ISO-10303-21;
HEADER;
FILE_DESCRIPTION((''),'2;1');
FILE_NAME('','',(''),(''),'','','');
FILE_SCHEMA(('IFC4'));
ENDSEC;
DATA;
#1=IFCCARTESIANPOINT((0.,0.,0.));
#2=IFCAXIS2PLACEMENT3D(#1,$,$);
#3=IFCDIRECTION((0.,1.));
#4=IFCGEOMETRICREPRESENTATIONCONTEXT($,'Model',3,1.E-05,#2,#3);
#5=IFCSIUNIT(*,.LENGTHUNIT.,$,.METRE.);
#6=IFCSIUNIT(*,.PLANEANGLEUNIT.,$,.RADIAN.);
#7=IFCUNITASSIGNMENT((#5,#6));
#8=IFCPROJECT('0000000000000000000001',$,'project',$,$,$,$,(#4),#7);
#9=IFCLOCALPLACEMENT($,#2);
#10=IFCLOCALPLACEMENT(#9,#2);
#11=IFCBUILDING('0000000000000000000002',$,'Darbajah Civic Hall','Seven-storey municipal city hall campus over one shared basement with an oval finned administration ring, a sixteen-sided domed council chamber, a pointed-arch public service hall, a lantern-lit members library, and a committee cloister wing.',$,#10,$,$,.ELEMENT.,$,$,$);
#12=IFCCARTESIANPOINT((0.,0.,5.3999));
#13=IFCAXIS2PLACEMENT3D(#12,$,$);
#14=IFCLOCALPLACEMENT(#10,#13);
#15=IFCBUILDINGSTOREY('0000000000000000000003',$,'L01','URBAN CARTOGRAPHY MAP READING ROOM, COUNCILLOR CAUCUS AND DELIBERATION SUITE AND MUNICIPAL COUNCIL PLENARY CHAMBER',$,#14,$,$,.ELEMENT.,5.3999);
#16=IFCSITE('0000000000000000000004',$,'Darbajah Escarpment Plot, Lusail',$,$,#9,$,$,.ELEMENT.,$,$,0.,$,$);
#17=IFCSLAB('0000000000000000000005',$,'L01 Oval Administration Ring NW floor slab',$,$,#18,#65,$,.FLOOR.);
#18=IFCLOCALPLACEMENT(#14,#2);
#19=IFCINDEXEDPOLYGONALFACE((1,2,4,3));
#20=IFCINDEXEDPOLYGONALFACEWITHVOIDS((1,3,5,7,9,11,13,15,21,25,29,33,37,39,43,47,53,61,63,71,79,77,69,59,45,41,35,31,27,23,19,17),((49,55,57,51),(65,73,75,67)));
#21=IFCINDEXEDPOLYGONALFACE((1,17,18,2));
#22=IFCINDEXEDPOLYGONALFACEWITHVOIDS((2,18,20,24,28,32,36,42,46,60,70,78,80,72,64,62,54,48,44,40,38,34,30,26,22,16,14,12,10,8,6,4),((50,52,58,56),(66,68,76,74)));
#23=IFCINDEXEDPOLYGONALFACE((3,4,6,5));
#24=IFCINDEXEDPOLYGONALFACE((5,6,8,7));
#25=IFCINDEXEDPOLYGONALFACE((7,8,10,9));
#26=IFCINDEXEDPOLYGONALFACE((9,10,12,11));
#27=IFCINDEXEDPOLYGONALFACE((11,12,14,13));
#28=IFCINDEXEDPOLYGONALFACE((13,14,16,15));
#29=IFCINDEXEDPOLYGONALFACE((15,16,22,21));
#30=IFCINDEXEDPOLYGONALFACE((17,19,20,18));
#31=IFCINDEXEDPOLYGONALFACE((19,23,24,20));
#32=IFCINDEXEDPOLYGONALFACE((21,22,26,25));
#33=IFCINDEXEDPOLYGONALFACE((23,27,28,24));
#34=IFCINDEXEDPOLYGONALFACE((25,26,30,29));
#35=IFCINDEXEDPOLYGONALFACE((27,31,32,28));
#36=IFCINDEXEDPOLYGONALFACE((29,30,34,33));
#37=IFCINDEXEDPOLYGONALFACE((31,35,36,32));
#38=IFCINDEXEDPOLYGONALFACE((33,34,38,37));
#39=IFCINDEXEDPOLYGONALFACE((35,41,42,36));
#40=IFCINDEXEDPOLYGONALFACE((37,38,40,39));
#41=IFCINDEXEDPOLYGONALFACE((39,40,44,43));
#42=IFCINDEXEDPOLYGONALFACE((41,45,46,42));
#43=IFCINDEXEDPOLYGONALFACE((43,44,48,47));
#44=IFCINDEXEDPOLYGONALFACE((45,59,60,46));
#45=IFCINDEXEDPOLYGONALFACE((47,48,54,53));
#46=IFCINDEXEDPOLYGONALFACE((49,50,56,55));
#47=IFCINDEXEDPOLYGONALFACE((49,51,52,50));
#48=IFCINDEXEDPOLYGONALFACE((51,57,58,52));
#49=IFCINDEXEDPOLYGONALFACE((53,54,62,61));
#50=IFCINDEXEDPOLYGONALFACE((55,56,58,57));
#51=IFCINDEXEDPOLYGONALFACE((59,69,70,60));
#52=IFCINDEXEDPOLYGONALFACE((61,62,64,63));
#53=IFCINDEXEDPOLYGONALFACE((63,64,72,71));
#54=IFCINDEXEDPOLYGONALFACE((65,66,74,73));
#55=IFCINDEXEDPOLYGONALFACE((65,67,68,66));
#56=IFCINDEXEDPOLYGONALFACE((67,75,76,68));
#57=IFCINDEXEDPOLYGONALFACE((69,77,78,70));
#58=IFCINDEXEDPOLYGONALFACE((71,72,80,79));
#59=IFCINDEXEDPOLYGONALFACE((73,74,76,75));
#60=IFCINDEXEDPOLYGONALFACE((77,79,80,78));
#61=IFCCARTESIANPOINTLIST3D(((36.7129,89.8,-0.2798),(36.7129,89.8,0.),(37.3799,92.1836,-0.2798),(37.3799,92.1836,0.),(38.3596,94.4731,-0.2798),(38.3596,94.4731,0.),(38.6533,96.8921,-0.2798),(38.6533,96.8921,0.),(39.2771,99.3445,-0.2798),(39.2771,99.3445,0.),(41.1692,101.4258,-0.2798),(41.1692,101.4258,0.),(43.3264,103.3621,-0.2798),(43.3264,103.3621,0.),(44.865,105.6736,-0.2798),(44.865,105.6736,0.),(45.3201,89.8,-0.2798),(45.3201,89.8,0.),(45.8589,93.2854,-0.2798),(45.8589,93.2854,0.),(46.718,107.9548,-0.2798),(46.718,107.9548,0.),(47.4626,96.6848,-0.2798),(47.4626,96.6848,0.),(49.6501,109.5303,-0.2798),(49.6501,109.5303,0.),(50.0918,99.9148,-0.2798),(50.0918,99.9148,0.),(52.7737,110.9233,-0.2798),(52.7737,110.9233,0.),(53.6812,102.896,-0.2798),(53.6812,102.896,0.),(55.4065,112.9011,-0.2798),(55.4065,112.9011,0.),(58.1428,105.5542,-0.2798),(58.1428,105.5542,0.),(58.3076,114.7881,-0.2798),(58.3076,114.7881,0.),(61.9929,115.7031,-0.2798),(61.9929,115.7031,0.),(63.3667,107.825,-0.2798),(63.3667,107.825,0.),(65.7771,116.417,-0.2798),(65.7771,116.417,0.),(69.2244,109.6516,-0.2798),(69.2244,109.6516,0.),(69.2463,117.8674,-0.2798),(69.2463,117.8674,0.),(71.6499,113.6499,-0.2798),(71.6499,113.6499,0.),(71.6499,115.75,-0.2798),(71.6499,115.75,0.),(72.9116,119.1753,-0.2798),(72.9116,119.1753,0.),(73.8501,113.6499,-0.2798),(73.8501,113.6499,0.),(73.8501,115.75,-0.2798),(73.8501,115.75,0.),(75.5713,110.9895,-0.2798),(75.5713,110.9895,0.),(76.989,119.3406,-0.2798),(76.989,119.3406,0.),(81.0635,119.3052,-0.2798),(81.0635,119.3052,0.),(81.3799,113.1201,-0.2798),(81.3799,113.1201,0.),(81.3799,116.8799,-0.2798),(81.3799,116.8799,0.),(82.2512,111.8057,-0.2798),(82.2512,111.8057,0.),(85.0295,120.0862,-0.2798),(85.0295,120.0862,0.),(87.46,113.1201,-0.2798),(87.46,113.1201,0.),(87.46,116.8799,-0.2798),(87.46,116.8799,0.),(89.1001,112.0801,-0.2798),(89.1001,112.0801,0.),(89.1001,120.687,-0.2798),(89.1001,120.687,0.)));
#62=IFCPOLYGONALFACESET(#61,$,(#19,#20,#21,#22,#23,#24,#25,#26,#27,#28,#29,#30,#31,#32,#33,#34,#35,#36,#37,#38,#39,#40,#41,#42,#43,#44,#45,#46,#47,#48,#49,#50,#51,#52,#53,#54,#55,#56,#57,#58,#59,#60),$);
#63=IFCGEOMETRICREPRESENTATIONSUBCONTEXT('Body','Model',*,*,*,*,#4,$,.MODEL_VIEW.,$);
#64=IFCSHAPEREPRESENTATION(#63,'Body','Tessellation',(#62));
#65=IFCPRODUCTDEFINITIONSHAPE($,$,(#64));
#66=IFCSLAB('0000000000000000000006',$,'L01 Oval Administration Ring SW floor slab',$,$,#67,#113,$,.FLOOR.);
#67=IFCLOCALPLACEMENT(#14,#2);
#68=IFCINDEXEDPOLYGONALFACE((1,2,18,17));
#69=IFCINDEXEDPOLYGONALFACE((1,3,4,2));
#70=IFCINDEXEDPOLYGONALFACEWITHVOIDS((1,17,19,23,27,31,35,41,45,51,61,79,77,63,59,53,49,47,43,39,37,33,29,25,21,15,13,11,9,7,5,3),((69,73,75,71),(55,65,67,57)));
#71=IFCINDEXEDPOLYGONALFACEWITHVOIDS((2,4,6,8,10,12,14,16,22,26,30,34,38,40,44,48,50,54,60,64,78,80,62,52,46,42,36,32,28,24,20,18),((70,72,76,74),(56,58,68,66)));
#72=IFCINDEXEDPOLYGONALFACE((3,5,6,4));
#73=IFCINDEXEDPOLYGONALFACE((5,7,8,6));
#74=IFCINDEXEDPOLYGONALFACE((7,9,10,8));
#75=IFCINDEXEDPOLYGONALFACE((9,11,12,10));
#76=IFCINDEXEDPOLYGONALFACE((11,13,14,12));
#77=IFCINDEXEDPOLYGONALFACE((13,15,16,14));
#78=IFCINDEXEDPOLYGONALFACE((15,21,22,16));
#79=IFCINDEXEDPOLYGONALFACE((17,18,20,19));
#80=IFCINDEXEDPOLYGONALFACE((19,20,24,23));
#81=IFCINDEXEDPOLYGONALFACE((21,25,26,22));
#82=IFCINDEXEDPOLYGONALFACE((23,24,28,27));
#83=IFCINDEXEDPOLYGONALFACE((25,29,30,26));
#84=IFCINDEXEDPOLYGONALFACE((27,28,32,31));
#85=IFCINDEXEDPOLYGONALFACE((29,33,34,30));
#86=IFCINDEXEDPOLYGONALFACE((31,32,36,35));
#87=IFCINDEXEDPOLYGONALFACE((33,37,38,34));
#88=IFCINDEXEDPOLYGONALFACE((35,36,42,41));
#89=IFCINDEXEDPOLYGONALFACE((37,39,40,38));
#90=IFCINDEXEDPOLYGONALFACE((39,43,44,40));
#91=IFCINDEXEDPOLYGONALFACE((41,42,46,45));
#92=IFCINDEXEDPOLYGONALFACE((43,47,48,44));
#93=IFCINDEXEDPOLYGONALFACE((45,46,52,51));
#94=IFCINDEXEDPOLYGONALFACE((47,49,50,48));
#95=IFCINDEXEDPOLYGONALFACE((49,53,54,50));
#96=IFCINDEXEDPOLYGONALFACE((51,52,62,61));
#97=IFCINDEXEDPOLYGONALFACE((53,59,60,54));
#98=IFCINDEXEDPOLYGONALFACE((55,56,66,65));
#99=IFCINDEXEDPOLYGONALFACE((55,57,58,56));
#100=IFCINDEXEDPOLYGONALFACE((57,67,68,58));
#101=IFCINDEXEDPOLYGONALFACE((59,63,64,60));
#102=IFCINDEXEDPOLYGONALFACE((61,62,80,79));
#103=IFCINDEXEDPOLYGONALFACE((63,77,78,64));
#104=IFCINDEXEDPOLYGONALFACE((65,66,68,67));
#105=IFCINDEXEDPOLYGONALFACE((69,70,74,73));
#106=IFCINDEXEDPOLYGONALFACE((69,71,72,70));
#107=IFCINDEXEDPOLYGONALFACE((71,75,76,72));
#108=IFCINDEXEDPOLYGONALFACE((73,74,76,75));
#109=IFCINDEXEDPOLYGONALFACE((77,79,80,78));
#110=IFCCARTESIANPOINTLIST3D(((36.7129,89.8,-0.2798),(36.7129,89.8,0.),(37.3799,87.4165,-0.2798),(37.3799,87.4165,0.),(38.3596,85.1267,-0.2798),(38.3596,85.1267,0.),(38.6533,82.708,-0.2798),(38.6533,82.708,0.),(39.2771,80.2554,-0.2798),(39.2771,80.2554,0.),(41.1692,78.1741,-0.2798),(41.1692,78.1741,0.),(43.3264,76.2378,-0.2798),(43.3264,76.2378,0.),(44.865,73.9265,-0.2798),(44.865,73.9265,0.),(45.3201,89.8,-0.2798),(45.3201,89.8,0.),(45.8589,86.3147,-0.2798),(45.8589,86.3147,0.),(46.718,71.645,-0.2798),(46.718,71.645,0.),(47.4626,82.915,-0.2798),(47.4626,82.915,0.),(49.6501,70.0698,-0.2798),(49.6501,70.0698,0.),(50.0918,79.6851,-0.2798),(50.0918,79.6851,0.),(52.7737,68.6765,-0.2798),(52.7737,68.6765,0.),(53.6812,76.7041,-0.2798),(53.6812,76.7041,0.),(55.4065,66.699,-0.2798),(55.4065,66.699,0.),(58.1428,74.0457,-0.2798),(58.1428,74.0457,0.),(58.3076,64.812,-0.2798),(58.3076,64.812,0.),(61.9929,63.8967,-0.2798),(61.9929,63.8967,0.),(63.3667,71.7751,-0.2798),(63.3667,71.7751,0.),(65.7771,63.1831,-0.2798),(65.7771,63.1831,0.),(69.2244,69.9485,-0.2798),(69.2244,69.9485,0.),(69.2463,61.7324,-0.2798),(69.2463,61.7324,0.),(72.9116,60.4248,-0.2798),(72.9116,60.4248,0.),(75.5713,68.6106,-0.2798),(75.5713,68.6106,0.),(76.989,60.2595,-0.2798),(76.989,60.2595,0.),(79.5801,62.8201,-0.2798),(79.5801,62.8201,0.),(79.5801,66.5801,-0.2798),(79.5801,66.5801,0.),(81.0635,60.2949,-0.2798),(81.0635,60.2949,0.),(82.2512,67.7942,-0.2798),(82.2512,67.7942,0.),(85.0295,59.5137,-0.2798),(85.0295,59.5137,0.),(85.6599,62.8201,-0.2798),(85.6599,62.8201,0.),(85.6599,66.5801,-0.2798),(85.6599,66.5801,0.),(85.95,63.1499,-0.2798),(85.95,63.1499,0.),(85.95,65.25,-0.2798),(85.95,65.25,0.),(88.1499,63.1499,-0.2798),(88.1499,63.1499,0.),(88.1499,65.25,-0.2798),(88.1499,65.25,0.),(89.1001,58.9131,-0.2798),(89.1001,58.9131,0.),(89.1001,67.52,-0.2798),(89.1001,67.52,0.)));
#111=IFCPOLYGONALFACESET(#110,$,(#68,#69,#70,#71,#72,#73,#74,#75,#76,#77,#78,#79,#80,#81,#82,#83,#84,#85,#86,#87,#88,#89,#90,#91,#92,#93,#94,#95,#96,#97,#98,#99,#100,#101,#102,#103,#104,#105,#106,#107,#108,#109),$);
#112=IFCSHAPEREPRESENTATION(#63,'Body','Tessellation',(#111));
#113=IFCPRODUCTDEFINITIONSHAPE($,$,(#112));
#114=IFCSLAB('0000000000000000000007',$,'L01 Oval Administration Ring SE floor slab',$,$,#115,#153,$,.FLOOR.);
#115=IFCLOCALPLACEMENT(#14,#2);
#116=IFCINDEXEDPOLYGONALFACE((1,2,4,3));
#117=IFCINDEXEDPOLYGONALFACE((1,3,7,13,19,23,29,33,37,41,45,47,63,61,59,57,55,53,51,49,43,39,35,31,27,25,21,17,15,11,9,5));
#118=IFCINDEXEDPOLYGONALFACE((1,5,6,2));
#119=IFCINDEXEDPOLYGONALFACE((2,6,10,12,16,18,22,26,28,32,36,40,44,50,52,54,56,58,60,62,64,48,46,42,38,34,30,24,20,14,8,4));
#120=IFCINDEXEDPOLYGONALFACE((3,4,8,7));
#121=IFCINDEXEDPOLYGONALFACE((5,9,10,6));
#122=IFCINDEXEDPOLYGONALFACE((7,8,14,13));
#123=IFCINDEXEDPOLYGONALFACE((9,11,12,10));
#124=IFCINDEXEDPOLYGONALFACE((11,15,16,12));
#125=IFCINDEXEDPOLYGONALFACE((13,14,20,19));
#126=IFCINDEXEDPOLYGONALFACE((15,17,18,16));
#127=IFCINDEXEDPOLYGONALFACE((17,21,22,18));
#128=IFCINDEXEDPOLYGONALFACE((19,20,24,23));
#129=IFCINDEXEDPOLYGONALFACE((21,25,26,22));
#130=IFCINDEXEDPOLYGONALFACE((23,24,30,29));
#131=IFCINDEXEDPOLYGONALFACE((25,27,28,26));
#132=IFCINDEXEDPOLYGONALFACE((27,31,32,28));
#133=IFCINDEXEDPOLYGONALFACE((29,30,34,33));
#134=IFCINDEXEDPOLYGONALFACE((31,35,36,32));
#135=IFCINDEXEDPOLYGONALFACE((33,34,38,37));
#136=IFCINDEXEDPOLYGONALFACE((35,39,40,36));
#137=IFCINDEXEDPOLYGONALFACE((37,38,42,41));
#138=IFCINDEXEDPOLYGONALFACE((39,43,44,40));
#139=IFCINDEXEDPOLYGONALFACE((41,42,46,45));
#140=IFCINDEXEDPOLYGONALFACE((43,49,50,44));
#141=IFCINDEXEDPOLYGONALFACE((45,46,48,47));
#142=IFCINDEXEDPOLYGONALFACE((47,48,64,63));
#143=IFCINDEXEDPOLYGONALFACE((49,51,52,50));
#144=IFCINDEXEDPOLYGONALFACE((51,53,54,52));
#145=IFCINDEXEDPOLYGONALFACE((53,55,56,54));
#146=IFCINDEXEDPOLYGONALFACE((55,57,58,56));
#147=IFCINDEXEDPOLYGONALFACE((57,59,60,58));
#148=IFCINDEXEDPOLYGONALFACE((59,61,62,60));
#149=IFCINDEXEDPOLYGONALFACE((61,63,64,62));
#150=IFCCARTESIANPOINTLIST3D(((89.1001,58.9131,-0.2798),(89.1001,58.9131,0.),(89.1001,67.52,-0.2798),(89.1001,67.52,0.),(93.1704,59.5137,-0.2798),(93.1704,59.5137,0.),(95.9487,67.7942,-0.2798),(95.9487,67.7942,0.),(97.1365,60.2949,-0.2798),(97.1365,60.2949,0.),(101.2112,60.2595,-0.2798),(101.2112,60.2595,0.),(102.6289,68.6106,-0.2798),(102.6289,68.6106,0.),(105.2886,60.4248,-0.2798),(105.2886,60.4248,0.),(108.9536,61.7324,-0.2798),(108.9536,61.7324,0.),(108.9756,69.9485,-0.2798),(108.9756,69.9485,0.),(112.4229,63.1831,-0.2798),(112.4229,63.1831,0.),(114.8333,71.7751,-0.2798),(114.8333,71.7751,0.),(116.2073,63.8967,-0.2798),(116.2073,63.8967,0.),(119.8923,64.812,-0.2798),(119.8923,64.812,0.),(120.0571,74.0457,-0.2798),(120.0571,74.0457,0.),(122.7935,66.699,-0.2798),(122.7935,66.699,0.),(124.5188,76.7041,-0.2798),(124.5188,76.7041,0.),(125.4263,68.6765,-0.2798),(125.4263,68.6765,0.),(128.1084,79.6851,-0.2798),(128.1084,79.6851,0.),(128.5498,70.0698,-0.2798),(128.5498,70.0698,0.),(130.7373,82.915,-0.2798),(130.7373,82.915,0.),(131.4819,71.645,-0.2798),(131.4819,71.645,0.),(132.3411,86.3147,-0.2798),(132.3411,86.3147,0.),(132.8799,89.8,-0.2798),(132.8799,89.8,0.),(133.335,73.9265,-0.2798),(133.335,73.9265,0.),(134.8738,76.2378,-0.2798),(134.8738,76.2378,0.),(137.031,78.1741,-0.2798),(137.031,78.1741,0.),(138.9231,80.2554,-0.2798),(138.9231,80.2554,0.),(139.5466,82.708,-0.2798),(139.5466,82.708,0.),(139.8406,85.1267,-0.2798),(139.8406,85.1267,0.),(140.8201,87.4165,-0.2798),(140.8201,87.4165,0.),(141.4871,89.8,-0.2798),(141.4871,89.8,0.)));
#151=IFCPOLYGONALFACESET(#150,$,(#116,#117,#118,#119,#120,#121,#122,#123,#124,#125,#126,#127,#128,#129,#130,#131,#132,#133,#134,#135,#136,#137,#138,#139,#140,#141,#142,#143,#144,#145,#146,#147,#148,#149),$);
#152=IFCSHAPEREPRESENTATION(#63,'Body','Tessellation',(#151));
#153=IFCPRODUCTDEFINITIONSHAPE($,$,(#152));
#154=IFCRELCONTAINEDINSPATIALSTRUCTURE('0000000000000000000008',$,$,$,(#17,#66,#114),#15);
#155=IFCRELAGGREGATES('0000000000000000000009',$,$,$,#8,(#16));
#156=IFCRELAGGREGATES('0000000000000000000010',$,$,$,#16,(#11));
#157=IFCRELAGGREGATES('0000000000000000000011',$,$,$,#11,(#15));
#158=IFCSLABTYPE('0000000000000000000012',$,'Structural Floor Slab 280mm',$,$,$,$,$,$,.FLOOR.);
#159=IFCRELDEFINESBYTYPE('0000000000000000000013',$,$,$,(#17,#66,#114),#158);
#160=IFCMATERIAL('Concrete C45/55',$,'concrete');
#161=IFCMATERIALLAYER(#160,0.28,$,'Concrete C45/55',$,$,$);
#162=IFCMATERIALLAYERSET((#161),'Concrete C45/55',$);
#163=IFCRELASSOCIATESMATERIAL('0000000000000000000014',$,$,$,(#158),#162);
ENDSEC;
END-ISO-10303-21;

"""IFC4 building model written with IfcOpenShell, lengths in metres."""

from ifc_helpers import new_model, si_unit, direction, frame, origin, place, context, subcontext, project, spatial, polyline, outline, extrude, material, layer, layer_set, type_object, element, save


model = new_model("IFC4")

# Units and contexts
model_context = context("Model", 3, precision=1e-05, world=origin(), true_north=direction((0.0, 1.0)))
body_context = subcontext(model_context, "Body", "Model", "MODEL_VIEW")
ifc_project = project(units=[si_unit("LENGTHUNIT", "METRE"), si_unit("PLANEANGLEUNIT", "RADIAN")], contexts=[model_context])

# Site, building, storey
site_placement = place(None, origin())
site = spatial("IfcSite", under=ifc_project, at=site_placement, Name="Darbajah Escarpment Plot, Lusail", CompositionType="ELEMENT", RefElevation=0.0)
building_placement = place(site_placement, origin())
building = spatial("IfcBuilding", under=site, at=building_placement, Name="Darbajah Civic Hall", Description="Seven-storey municipal city hall campus over one shared basement with an oval finned administration ring, a sixteen-sided domed council chamber, a pointed-arch public service hall, a lantern-lit members library, and a committee cloister wing.", CompositionType="ELEMENT")
storey_placement = place(building_placement, frame((0.0, 0.0, 5.3999)))
storey = spatial("IfcBuildingStorey", under=building, at=storey_placement, Name="L01", Description="URBAN CARTOGRAPHY MAP READING ROOM, COUNCILLOR CAUCUS AND DELIBERATION SUITE AND MUNICIPAL COUNCIL PLENARY CHAMBER", CompositionType="ELEMENT", Elevation=5.3999)

# Shared definitions
ifc_material_1 = material(Name="Concrete C45/55", Category="concrete")

# Slabs
ifc_layer_1 = layer(ifc_material_1, 0.28, Name="Concrete C45/55")
ifc_layer_set_1 = layer_set([ifc_layer_1], Name="Concrete C45/55")
slab_type_1 = type_object("IfcSlabType", Name="Structural Floor Slab 280mm", PredefinedType="FLOOR", material=ifc_layer_set_1)
slab_1_placement = place(storey_placement, frame((0.0, 0.0, -0.2798)))
element("IfcSlab", 1, at=slab_1_placement, inside=storey, type_object=slab_type_1, Name="L01 Oval Administration Ring NW floor slab", PredefinedType="FLOOR", context=body_context, shape_type="SweptSolid", body=[
    extrude(outline(polyline([(89.1001, 120.687), (85.0295, 120.0862), (81.0635, 119.3052), (76.989, 119.3406), (72.9116, 119.1753), (69.2463, 117.8674), (65.7771, 116.417), (61.9929, 115.7031), (58.3076, 114.7881), (55.4065, 112.9011), (52.7737, 110.9233), (49.6501, 109.5303), (46.718, 107.9548), (44.865, 105.6736), (43.3264, 103.3621), (41.1692, 101.4258), (39.2771, 99.3445), (38.6533, 96.8921), (38.3596, 94.4731), (37.3799, 92.1836), (36.7129, 89.8), (45.3201, 89.8), (45.8589, 93.2854), (47.4626, 96.6848), (50.0918, 99.9148), (53.6812, 102.896), (58.1428, 105.5542), (63.3667, 107.825), (69.2244, 109.6516), (75.5713, 110.9895), (82.2512, 111.8057), (89.1001, 112.0801), (89.1001, 120.687)]), holes=[polyline([(81.3799, 116.8799), (87.46, 116.8799), (87.46, 113.1201), (81.3799, 113.1201), (81.3799, 116.8799)]), polyline([(71.6499, 115.75), (73.8501, 115.75), (73.8501, 113.6499), (71.6499, 113.6499), (71.6499, 115.75)])]), origin(), (0.0, 0.0, 1.0), 0.2798),
])
slab_2_placement = place(storey_placement, frame((0.0, 0.0, -0.2798)))
element("IfcSlab", 2, at=slab_2_placement, inside=storey, type_object=slab_type_1, Name="L01 Oval Administration Ring SW floor slab", PredefinedType="FLOOR", context=body_context, shape_type="SweptSolid", body=[
    extrude(outline(polyline([(36.7129, 89.8), (37.3799, 87.4165), (38.3596, 85.1267), (38.6533, 82.708), (39.2771, 80.2554), (41.1692, 78.1741), (43.3264, 76.2378), (44.865, 73.9265), (46.718, 71.645), (49.6501, 70.0698), (52.7737, 68.6765), (55.4065, 66.699), (58.3076, 64.812), (61.9929, 63.8967), (65.7771, 63.1831), (69.2463, 61.7324), (72.9116, 60.4248), (76.989, 60.2595), (81.0635, 60.2949), (85.0295, 59.5137), (89.1001, 58.9131), (89.1001, 67.52), (82.2512, 67.7942), (75.5713, 68.6106), (69.2244, 69.9485), (63.3667, 71.7751), (58.1428, 74.0457), (53.6812, 76.7041), (50.0918, 79.6851), (47.4626, 82.915), (45.8589, 86.3147), (45.3201, 89.8), (36.7129, 89.8)]), holes=[polyline([(79.5801, 66.5801), (85.6599, 66.5801), (85.6599, 62.8201), (79.5801, 62.8201), (79.5801, 66.5801)]), polyline([(85.95, 65.25), (88.1499, 65.25), (88.1499, 63.1499), (85.95, 63.1499), (85.95, 65.25)])]), origin(), (0.0, 0.0, 1.0), 0.2798),
])
slab_3_placement = place(storey_placement, frame((0.0, 0.0, -0.2798)))
element("IfcSlab", 3, at=slab_3_placement, inside=storey, type_object=slab_type_1, Name="L01 Oval Administration Ring SE floor slab", PredefinedType="FLOOR", context=body_context, shape_type="SweptSolid", body=[
    extrude(outline(polyline([(89.1001, 58.9131), (93.1704, 59.5137), (97.1365, 60.2949), (101.2112, 60.2595), (105.2886, 60.4248), (108.9536, 61.7324), (112.4229, 63.1831), (116.2073, 63.8967), (119.8923, 64.812), (122.7935, 66.699), (125.4263, 68.6765), (128.5498, 70.0698), (131.4819, 71.645), (133.335, 73.9265), (134.8738, 76.2378), (137.031, 78.1741), (138.9231, 80.2554), (139.5466, 82.708), (139.8406, 85.1267), (140.8201, 87.4165), (141.4871, 89.8), (132.8799, 89.8), (132.3411, 86.3147), (130.7373, 82.915), (128.1084, 79.6851), (124.5188, 76.7041), (120.0571, 74.0457), (114.8333, 71.7751), (108.9756, 69.9485), (102.6289, 68.6106), (95.9487, 67.7942), (89.1001, 67.52), (89.1001, 58.9131)])), origin(), (0.0, 0.0, 1.0), 0.2798),
])

save(model, "model.ifc")
